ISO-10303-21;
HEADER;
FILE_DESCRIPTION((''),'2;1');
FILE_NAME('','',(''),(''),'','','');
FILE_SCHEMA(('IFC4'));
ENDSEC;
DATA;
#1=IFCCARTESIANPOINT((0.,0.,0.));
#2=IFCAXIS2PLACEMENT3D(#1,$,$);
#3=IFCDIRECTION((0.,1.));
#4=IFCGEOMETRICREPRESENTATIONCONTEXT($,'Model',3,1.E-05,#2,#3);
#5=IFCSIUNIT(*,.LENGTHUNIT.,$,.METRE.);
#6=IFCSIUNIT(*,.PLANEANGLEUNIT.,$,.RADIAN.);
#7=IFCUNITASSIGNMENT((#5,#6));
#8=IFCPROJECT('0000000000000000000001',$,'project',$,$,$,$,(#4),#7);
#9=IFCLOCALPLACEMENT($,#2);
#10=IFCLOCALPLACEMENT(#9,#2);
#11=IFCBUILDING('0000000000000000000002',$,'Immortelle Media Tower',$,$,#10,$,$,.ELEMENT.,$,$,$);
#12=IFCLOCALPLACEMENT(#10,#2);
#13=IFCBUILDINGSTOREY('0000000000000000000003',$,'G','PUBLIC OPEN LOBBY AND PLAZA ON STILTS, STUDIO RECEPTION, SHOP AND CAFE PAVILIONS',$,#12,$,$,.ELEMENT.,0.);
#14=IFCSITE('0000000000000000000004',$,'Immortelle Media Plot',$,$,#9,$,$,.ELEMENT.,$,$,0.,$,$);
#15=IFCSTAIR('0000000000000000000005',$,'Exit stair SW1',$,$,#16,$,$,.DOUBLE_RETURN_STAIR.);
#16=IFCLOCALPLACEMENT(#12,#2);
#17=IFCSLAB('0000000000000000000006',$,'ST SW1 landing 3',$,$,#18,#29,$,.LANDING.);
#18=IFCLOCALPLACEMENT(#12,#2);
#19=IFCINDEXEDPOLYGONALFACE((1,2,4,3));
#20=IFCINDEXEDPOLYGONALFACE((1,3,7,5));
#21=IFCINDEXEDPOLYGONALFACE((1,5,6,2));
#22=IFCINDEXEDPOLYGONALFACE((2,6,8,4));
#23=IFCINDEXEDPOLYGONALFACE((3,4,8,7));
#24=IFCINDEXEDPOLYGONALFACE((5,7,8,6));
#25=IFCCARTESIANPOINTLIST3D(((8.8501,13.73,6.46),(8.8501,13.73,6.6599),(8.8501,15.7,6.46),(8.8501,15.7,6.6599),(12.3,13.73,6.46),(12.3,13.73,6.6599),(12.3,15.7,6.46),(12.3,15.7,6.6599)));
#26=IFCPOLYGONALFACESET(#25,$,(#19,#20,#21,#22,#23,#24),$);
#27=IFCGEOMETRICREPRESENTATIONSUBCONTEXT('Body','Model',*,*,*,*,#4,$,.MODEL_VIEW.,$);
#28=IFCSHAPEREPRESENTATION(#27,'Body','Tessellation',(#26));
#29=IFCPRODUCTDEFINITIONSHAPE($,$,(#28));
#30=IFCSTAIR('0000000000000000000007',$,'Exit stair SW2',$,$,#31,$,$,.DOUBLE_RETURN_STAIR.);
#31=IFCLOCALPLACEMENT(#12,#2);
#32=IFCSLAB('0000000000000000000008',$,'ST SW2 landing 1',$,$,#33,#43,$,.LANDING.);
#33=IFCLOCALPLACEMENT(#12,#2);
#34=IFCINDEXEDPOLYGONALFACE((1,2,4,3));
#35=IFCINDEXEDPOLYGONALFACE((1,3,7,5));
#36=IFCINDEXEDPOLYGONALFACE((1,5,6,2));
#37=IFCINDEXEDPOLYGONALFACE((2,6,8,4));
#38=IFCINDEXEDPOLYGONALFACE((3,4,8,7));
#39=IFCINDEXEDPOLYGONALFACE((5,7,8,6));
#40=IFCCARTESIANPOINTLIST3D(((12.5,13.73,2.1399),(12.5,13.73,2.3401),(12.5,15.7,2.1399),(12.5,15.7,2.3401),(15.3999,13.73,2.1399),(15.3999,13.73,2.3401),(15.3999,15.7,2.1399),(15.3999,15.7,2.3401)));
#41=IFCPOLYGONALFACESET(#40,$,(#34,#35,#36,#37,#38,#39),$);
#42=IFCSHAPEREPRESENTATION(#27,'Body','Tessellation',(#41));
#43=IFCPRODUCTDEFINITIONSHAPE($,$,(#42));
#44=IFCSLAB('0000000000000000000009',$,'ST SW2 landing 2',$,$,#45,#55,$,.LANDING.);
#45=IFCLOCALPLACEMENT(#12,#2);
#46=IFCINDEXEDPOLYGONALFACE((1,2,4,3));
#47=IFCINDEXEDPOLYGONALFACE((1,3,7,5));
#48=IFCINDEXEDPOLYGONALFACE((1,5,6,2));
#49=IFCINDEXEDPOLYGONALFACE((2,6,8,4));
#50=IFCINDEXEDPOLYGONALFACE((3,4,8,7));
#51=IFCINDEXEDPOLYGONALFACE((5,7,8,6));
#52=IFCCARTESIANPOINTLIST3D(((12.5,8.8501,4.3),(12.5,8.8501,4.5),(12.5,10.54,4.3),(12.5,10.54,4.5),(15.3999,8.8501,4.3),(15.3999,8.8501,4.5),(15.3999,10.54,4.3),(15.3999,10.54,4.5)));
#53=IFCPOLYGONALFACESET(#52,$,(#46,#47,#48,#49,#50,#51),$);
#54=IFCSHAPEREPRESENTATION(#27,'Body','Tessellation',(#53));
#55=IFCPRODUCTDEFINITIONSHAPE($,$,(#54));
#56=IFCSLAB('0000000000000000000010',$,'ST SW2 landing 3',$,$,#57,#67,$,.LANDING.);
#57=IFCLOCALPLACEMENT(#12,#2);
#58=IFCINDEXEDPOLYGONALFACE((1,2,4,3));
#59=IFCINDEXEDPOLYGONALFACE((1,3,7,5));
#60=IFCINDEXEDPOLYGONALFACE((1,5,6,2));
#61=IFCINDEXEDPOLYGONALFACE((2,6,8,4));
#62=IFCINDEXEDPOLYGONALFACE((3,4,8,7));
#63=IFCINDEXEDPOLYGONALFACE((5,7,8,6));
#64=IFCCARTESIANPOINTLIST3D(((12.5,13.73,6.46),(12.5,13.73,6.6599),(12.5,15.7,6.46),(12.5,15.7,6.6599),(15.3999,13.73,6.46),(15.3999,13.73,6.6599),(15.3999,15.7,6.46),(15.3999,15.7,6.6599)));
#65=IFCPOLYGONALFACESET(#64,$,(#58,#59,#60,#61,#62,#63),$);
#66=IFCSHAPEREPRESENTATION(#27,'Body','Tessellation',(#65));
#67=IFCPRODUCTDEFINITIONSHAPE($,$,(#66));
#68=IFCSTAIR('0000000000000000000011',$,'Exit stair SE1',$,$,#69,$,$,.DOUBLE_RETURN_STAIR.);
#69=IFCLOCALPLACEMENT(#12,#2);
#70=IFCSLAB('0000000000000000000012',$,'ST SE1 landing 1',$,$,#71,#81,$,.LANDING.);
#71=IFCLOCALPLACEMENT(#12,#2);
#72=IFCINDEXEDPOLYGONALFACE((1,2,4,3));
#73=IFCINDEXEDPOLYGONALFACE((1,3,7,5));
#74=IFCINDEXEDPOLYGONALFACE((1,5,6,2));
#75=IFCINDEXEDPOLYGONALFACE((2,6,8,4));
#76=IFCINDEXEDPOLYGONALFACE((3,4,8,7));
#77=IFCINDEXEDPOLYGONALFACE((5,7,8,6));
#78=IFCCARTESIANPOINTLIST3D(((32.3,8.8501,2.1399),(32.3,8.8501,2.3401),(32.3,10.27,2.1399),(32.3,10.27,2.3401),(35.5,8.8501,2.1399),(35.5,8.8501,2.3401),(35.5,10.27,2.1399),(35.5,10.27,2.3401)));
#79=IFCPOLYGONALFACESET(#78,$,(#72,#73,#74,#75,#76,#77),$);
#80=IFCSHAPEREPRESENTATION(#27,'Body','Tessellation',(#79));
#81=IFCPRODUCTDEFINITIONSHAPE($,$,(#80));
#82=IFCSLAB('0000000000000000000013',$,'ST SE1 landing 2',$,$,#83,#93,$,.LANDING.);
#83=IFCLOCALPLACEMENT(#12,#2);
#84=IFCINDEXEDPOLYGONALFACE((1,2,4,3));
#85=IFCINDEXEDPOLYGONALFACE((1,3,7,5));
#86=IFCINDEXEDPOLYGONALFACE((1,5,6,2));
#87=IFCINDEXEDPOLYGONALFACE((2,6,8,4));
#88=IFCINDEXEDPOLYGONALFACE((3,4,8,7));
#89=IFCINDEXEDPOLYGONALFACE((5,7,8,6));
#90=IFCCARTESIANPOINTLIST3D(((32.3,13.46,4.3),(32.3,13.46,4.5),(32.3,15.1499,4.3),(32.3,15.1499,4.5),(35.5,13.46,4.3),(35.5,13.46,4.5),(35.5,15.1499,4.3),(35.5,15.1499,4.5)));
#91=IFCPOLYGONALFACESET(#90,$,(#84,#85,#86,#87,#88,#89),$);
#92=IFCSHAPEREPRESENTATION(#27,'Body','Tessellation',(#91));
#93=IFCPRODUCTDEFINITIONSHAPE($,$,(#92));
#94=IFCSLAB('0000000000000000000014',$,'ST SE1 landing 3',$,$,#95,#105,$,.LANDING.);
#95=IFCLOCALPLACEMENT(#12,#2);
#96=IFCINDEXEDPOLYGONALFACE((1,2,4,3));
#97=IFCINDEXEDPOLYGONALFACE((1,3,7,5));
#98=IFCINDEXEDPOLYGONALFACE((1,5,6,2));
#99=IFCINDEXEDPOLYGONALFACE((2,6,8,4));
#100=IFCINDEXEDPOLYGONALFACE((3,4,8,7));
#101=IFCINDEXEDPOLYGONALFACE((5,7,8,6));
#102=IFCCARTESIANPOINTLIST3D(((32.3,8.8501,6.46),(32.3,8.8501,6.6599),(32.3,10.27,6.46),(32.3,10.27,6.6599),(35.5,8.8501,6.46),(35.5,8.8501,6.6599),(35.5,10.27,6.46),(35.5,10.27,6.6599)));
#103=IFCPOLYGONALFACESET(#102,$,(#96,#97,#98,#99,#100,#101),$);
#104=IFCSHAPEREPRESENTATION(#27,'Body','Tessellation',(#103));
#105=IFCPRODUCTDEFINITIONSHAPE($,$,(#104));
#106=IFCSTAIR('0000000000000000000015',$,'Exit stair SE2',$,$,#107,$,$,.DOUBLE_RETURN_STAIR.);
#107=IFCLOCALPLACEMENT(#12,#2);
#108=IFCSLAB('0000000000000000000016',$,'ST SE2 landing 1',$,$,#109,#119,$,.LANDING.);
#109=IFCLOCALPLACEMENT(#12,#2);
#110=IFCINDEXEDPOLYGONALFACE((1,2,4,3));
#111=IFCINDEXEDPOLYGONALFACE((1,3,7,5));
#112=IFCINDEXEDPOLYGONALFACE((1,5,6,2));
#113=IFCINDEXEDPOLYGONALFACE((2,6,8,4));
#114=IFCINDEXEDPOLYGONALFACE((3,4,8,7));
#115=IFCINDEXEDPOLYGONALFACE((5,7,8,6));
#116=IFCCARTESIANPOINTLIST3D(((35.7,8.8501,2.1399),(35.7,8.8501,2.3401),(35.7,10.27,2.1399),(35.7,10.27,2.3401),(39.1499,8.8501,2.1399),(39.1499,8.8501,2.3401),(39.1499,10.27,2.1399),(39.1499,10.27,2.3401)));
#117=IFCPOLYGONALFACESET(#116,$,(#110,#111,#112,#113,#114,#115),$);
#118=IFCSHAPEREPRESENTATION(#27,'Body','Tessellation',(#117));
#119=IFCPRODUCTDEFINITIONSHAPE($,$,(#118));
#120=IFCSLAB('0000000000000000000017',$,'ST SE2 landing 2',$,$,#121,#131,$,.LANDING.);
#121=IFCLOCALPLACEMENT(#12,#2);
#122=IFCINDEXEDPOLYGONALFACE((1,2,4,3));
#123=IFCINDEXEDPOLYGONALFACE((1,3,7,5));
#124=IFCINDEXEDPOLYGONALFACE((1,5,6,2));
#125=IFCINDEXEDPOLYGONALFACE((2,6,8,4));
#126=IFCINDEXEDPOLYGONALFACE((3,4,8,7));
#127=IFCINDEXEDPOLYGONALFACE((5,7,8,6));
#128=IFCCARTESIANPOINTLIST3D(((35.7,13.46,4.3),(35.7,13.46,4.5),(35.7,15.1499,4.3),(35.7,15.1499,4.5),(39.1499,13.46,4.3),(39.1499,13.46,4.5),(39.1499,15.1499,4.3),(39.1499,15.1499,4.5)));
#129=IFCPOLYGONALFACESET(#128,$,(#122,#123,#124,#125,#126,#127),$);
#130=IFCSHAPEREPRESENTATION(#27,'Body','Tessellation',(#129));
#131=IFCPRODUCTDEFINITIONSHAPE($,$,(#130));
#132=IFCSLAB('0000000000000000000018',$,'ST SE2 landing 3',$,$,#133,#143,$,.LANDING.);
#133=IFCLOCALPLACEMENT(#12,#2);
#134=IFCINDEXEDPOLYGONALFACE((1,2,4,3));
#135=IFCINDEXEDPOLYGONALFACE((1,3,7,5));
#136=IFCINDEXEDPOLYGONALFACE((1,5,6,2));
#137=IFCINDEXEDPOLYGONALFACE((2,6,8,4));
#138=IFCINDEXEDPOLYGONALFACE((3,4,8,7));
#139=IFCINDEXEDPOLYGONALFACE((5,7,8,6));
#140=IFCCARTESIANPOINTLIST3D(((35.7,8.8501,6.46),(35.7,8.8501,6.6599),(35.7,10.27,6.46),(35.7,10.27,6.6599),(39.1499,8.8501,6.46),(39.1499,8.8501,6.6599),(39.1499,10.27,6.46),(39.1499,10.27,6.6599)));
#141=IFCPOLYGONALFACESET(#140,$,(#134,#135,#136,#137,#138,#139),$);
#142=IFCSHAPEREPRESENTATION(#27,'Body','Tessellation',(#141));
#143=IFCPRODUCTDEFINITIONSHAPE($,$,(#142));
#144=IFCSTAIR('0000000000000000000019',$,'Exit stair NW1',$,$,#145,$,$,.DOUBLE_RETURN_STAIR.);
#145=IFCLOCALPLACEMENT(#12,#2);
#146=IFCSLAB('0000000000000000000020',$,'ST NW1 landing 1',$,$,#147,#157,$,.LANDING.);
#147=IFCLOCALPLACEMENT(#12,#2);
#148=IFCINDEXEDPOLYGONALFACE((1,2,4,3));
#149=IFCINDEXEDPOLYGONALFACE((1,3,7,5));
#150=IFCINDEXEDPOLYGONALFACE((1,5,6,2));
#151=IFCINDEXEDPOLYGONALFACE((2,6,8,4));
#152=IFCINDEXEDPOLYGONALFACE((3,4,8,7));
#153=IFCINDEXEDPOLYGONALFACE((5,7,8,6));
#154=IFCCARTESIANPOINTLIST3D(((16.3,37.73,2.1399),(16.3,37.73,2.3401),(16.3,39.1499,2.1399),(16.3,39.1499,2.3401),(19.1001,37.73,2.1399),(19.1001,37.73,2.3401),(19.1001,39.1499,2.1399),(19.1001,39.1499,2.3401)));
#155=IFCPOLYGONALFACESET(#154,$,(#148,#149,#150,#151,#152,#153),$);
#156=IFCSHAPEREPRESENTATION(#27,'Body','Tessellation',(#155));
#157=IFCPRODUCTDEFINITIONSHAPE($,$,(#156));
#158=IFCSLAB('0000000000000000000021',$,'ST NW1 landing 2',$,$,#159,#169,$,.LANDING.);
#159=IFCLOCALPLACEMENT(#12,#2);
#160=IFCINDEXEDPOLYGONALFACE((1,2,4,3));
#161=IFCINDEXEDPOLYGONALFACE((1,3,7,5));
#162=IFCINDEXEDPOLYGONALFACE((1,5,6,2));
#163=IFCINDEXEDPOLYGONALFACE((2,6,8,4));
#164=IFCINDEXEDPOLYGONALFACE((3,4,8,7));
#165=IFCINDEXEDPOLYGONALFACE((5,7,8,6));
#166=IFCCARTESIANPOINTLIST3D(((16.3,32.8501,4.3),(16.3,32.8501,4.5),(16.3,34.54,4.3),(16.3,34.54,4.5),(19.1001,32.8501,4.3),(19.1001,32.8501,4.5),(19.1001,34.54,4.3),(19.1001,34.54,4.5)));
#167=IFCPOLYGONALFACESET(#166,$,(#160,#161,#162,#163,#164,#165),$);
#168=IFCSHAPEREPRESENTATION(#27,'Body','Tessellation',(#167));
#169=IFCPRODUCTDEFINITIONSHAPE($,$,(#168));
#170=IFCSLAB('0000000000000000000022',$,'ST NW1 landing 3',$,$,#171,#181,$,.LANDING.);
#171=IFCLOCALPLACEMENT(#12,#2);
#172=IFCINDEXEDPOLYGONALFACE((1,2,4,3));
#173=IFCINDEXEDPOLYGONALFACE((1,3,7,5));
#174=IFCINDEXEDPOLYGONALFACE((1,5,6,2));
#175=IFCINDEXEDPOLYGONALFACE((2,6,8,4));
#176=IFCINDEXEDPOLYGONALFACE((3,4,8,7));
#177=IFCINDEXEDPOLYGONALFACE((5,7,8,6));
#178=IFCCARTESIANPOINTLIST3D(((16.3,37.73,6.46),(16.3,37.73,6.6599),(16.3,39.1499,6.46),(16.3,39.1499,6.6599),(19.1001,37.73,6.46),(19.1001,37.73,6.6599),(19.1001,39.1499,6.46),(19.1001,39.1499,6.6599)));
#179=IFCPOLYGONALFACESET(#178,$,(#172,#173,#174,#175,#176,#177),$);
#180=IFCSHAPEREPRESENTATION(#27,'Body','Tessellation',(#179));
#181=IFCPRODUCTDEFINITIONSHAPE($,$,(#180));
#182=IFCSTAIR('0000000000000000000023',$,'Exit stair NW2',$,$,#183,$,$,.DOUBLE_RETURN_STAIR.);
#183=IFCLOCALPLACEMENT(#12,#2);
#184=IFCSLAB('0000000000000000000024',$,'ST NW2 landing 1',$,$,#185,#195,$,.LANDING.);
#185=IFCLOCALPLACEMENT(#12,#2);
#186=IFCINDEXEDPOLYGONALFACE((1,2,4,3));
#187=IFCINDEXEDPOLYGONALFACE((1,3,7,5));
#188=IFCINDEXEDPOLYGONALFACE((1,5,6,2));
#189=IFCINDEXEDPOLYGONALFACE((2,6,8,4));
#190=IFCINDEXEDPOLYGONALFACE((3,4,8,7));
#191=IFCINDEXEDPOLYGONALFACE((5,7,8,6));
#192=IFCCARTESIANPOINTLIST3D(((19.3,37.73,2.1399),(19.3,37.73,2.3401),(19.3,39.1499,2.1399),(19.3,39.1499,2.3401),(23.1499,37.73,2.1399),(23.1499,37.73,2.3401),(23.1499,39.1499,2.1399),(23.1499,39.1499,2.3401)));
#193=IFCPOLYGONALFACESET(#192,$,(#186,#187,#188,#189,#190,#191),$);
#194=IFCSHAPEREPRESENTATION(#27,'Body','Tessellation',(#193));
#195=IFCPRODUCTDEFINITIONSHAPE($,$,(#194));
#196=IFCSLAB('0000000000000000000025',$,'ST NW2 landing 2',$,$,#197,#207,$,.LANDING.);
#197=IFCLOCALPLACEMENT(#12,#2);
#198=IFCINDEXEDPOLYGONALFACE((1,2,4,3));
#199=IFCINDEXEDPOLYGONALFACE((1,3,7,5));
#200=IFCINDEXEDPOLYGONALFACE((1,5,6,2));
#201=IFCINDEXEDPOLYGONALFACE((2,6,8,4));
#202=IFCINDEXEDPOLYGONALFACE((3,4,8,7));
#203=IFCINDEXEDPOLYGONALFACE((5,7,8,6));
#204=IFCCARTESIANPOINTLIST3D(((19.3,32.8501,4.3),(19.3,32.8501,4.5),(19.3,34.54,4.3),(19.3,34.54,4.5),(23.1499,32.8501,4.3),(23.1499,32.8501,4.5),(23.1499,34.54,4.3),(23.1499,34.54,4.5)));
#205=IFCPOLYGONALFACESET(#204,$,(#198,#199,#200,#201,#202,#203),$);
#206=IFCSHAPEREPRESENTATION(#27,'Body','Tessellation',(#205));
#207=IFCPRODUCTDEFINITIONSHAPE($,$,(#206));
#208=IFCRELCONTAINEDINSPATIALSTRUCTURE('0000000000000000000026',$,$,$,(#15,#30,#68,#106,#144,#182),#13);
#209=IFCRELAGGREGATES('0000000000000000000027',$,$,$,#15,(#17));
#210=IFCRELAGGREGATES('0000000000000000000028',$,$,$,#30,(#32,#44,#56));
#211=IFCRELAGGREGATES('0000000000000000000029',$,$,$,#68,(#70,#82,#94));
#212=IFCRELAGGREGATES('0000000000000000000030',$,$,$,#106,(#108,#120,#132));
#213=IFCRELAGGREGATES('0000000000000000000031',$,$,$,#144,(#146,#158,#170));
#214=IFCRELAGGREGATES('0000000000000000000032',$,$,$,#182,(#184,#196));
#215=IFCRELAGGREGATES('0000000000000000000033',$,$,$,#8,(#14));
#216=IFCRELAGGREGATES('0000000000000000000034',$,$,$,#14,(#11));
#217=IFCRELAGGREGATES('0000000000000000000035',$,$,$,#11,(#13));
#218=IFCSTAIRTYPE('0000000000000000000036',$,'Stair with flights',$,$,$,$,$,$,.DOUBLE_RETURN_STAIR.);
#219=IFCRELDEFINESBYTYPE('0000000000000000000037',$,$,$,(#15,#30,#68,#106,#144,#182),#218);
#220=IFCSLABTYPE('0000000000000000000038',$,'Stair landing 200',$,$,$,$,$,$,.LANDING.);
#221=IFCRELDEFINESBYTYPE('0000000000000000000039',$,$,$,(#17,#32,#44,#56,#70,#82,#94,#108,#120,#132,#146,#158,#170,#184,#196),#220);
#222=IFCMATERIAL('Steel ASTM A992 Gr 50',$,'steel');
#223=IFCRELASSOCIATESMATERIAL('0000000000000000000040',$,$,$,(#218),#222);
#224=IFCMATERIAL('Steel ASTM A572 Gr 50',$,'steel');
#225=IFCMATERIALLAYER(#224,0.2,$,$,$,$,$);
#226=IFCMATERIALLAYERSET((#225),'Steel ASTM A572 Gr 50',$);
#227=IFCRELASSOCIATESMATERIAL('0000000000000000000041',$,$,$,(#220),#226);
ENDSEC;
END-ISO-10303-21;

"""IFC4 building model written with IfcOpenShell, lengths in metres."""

from ifc_helpers import new_model, si_unit, direction, frame, origin, place, context, subcontext, project, spatial, polyline, outline, extrude, material, layer, layer_set, type_object, element, aggregate, save


model = new_model("IFC4")

# Units and contexts
model_context = context("Model", 3, precision=1e-05, world=origin(), true_north=direction((0.0, 1.0)))
body_context = subcontext(model_context, "Body", "Model", "MODEL_VIEW")
ifc_project = project(units=[si_unit("LENGTHUNIT", "METRE"), si_unit("PLANEANGLEUNIT", "RADIAN")], contexts=[model_context])

# Site, building, storey
site_placement = place(None, origin())
site = spatial("IfcSite", under=ifc_project, at=site_placement, Name="Immortelle Media Plot", CompositionType="ELEMENT", RefElevation=0.0)
building_placement = place(site_placement, origin())
building = spatial("IfcBuilding", under=site, at=building_placement, Name="Immortelle Media Tower", CompositionType="ELEMENT")
storey_placement = place(building_placement, origin())
storey = spatial("IfcBuildingStorey", under=building, at=storey_placement, Name="G", Description="PUBLIC OPEN LOBBY AND PLAZA ON STILTS, STUDIO RECEPTION, SHOP AND CAFE PAVILIONS", CompositionType="ELEMENT", Elevation=0.0)

# Stairs, slabs
ifc_material_1 = material(Name="Steel ASTM A992 Gr 50", Category="steel")
stair_type = type_object("IfcStairType", Name="Stair with flights", PredefinedType="DOUBLE_RETURN_STAIR", material=ifc_material_1)
stair_1_placement = place(storey_placement, origin())
stair_1 = element("IfcStair", 1, at=stair_1_placement, inside=storey, type_object=stair_type, Name="Exit stair SW1", PredefinedType="DOUBLE_RETURN_STAIR")
ifc_material_2 = material(Name="Steel ASTM A572 Gr 50", Category="steel")
ifc_layer_1 = layer(ifc_material_2, 0.2)
ifc_layer_set_1 = layer_set([ifc_layer_1], Name="Steel ASTM A572 Gr 50")
slab_type_1 = type_object("IfcSlabType", Name="Stair landing 200", PredefinedType="LANDING", material=ifc_layer_set_1)
slab_1_placement = place(storey_placement, frame((0.0, 0.0, 6.46)))
slab_1 = element("IfcSlab", 2, at=slab_1_placement, type_object=slab_type_1, Name="ST SW1 landing 3", PredefinedType="LANDING", context=body_context, shape_type="SweptSolid", body=[
    extrude(outline(polyline([(8.8501, 13.73), (12.3, 13.73), (12.3, 15.7), (8.8501, 15.7), (8.8501, 13.73)])), origin(), (0.0, 0.0, 1.0), 0.2),
])
aggregate(stair_1, [slab_1])
stair_2_placement = place(storey_placement, origin())
stair_2 = element("IfcStair", 3, at=stair_2_placement, inside=storey, type_object=stair_type, Name="Exit stair SW2", PredefinedType="DOUBLE_RETURN_STAIR")
slab_2_placement = place(storey_placement, frame((0.0, 0.0, 2.1399)))
slab_2 = element("IfcSlab", 4, at=slab_2_placement, type_object=slab_type_1, Name="ST SW2 landing 1", PredefinedType="LANDING", context=body_context, shape_type="SweptSolid", body=[
    extrude(outline(polyline([(12.5, 13.73), (15.3999, 13.73), (15.3999, 15.7), (12.5, 15.7), (12.5, 13.73)])), origin(), (0.0, 0.0, 1.0), 0.2002),
])
slab_3_placement = place(storey_placement, frame((0.0, 0.0, 4.3)))
slab_3 = element("IfcSlab", 5, at=slab_3_placement, type_object=slab_type_1, Name="ST SW2 landing 2", PredefinedType="LANDING", context=body_context, shape_type="SweptSolid", body=[
    extrude(outline(polyline([(12.5, 8.8501), (15.3999, 8.8501), (15.3999, 10.54), (12.5, 10.54), (12.5, 8.8501)])), origin(), (0.0, 0.0, 1.0), 0.2),
])
slab_4_placement = place(storey_placement, frame((0.0, 0.0, 6.46)))
slab_4 = element("IfcSlab", 6, at=slab_4_placement, type_object=slab_type_1, Name="ST SW2 landing 3", PredefinedType="LANDING", context=body_context, shape_type="SweptSolid", body=[
    extrude(outline(polyline([(12.5, 13.73), (15.3999, 13.73), (15.3999, 15.7), (12.5, 15.7), (12.5, 13.73)])), origin(), (0.0, 0.0, 1.0), 0.2),
])
aggregate(stair_2, [slab_2, slab_3, slab_4])
stair_3_placement = place(storey_placement, origin())
stair_3 = element("IfcStair", 7, at=stair_3_placement, inside=storey, type_object=stair_type, Name="Exit stair SE1", PredefinedType="DOUBLE_RETURN_STAIR")
slab_5_placement = place(storey_placement, frame((0.0, 0.0, 2.1399)))
slab_5 = element("IfcSlab", 8, at=slab_5_placement, type_object=slab_type_1, Name="ST SE1 landing 1", PredefinedType="LANDING", context=body_context, shape_type="SweptSolid", body=[
    extrude(outline(polyline([(32.3, 8.8501), (35.5, 8.8501), (35.5, 10.27), (32.3, 10.27), (32.3, 8.8501)])), origin(), (0.0, 0.0, 1.0), 0.2002),
])
slab_6_placement = place(storey_placement, frame((0.0, 0.0, 4.3)))
slab_6 = element("IfcSlab", 9, at=slab_6_placement, type_object=slab_type_1, Name="ST SE1 landing 2", PredefinedType="LANDING", context=body_context, shape_type="SweptSolid", body=[
    extrude(outline(polyline([(32.3, 13.46), (35.5, 13.46), (35.5, 15.1499), (32.3, 15.1499), (32.3, 13.46)])), origin(), (0.0, 0.0, 1.0), 0.2),
])
slab_7_placement = place(storey_placement, frame((0.0, 0.0, 6.46)))
slab_7 = element("IfcSlab", 10, at=slab_7_placement, type_object=slab_type_1, Name="ST SE1 landing 3", PredefinedType="LANDING", context=body_context, shape_type="SweptSolid", body=[
    extrude(outline(polyline([(32.3, 8.8501), (35.5, 8.8501), (35.5, 10.27), (32.3, 10.27), (32.3, 8.8501)])), origin(), (0.0, 0.0, 1.0), 0.2),
])
aggregate(stair_3, [slab_5, slab_6, slab_7])
stair_4_placement = place(storey_placement, origin())
stair_4 = element("IfcStair", 11, at=stair_4_placement, inside=storey, type_object=stair_type, Name="Exit stair SE2", PredefinedType="DOUBLE_RETURN_STAIR")
slab_8_placement = place(storey_placement, frame((0.0, 0.0, 2.1399)))
slab_8 = element("IfcSlab", 12, at=slab_8_placement, type_object=slab_type_1, Name="ST SE2 landing 1", PredefinedType="LANDING", context=body_context, shape_type="SweptSolid", body=[
    extrude(outline(polyline([(35.7, 8.8501), (39.1499, 8.8501), (39.1499, 10.27), (35.7, 10.27), (35.7, 8.8501)])), origin(), (0.0, 0.0, 1.0), 0.2002),
])
slab_9_placement = place(storey_placement, frame((0.0, 0.0, 4.3)))
slab_9 = element("IfcSlab", 13, at=slab_9_placement, type_object=slab_type_1, Name="ST SE2 landing 2", PredefinedType="LANDING", context=body_context, shape_type="SweptSolid", body=[
    extrude(outline(polyline([(35.7, 13.46), (39.1499, 13.46), (39.1499, 15.1499), (35.7, 15.1499), (35.7, 13.46)])), origin(), (0.0, 0.0, 1.0), 0.2),
])
slab_10_placement = place(storey_placement, frame((0.0, 0.0, 6.46)))
slab_10 = element("IfcSlab", 14, at=slab_10_placement, type_object=slab_type_1, Name="ST SE2 landing 3", PredefinedType="LANDING", context=body_context, shape_type="SweptSolid", body=[
    extrude(outline(polyline([(35.7, 8.8501), (39.1499, 8.8501), (39.1499, 10.27), (35.7, 10.27), (35.7, 8.8501)])), origin(), (0.0, 0.0, 1.0), 0.2),
])
aggregate(stair_4, [slab_8, slab_9, slab_10])
stair_5_placement = place(storey_placement, origin())
stair_5 = element("IfcStair", 15, at=stair_5_placement, inside=storey, type_object=stair_type, Name="Exit stair NW1", PredefinedType="DOUBLE_RETURN_STAIR")
slab_11_placement = place(storey_placement, frame((0.0, 0.0, 2.1399)))
slab_11 = element("IfcSlab", 16, at=slab_11_placement, type_object=slab_type_1, Name="ST NW1 landing 1", PredefinedType="LANDING", context=body_context, shape_type="SweptSolid", body=[
    extrude(outline(polyline([(16.3, 37.73), (19.1001, 37.73), (19.1001, 39.1499), (16.3, 39.1499), (16.3, 37.73)])), origin(), (0.0, 0.0, 1.0), 0.2002),
])
slab_12_placement = place(storey_placement, frame((0.0, 0.0, 4.3)))
slab_12 = element("IfcSlab", 17, at=slab_12_placement, type_object=slab_type_1, Name="ST NW1 landing 2", PredefinedType="LANDING", context=body_context, shape_type="SweptSolid", body=[
    extrude(outline(polyline([(16.3, 32.8501), (19.1001, 32.8501), (19.1001, 34.54), (16.3, 34.54), (16.3, 32.8501)])), origin(), (0.0, 0.0, 1.0), 0.2),
])
slab_13_placement = place(storey_placement, frame((0.0, 0.0, 6.46)))
slab_13 = element("IfcSlab", 18, at=slab_13_placement, type_object=slab_type_1, Name="ST NW1 landing 3", PredefinedType="LANDING", context=body_context, shape_type="SweptSolid", body=[
    extrude(outline(polyline([(16.3, 37.73), (19.1001, 37.73), (19.1001, 39.1499), (16.3, 39.1499), (16.3, 37.73)])), origin(), (0.0, 0.0, 1.0), 0.2),
])
aggregate(stair_5, [slab_11, slab_12, slab_13])
stair_6_placement = place(storey_placement, origin())
stair_6 = element("IfcStair", 19, at=stair_6_placement, inside=storey, type_object=stair_type, Name="Exit stair NW2", PredefinedType="DOUBLE_RETURN_STAIR")
slab_14_placement = place(storey_placement, frame((0.0, 0.0, 2.1399)))
slab_14 = element("IfcSlab", 20, at=slab_14_placement, type_object=slab_type_1, Name="ST NW2 landing 1", PredefinedType="LANDING", context=body_context, shape_type="SweptSolid", body=[
    extrude(outline(polyline([(19.3, 37.73), (23.1499, 37.73), (23.1499, 39.1499), (19.3, 39.1499), (19.3, 37.73)])), origin(), (0.0, 0.0, 1.0), 0.2002),
])
slab_15_placement = place(storey_placement, frame((0.0, 0.0, 4.3)))
slab_15 = element("IfcSlab", 21, at=slab_15_placement, type_object=slab_type_1, Name="ST NW2 landing 2", PredefinedType="LANDING", context=body_context, shape_type="SweptSolid", body=[
    extrude(outline(polyline([(19.3, 32.8501), (23.1499, 32.8501), (23.1499, 34.54), (19.3, 34.54), (19.3, 32.8501)])), origin(), (0.0, 0.0, 1.0), 0.2),
])
aggregate(stair_6, [slab_14, slab_15])

save(model, "model.ifc")
